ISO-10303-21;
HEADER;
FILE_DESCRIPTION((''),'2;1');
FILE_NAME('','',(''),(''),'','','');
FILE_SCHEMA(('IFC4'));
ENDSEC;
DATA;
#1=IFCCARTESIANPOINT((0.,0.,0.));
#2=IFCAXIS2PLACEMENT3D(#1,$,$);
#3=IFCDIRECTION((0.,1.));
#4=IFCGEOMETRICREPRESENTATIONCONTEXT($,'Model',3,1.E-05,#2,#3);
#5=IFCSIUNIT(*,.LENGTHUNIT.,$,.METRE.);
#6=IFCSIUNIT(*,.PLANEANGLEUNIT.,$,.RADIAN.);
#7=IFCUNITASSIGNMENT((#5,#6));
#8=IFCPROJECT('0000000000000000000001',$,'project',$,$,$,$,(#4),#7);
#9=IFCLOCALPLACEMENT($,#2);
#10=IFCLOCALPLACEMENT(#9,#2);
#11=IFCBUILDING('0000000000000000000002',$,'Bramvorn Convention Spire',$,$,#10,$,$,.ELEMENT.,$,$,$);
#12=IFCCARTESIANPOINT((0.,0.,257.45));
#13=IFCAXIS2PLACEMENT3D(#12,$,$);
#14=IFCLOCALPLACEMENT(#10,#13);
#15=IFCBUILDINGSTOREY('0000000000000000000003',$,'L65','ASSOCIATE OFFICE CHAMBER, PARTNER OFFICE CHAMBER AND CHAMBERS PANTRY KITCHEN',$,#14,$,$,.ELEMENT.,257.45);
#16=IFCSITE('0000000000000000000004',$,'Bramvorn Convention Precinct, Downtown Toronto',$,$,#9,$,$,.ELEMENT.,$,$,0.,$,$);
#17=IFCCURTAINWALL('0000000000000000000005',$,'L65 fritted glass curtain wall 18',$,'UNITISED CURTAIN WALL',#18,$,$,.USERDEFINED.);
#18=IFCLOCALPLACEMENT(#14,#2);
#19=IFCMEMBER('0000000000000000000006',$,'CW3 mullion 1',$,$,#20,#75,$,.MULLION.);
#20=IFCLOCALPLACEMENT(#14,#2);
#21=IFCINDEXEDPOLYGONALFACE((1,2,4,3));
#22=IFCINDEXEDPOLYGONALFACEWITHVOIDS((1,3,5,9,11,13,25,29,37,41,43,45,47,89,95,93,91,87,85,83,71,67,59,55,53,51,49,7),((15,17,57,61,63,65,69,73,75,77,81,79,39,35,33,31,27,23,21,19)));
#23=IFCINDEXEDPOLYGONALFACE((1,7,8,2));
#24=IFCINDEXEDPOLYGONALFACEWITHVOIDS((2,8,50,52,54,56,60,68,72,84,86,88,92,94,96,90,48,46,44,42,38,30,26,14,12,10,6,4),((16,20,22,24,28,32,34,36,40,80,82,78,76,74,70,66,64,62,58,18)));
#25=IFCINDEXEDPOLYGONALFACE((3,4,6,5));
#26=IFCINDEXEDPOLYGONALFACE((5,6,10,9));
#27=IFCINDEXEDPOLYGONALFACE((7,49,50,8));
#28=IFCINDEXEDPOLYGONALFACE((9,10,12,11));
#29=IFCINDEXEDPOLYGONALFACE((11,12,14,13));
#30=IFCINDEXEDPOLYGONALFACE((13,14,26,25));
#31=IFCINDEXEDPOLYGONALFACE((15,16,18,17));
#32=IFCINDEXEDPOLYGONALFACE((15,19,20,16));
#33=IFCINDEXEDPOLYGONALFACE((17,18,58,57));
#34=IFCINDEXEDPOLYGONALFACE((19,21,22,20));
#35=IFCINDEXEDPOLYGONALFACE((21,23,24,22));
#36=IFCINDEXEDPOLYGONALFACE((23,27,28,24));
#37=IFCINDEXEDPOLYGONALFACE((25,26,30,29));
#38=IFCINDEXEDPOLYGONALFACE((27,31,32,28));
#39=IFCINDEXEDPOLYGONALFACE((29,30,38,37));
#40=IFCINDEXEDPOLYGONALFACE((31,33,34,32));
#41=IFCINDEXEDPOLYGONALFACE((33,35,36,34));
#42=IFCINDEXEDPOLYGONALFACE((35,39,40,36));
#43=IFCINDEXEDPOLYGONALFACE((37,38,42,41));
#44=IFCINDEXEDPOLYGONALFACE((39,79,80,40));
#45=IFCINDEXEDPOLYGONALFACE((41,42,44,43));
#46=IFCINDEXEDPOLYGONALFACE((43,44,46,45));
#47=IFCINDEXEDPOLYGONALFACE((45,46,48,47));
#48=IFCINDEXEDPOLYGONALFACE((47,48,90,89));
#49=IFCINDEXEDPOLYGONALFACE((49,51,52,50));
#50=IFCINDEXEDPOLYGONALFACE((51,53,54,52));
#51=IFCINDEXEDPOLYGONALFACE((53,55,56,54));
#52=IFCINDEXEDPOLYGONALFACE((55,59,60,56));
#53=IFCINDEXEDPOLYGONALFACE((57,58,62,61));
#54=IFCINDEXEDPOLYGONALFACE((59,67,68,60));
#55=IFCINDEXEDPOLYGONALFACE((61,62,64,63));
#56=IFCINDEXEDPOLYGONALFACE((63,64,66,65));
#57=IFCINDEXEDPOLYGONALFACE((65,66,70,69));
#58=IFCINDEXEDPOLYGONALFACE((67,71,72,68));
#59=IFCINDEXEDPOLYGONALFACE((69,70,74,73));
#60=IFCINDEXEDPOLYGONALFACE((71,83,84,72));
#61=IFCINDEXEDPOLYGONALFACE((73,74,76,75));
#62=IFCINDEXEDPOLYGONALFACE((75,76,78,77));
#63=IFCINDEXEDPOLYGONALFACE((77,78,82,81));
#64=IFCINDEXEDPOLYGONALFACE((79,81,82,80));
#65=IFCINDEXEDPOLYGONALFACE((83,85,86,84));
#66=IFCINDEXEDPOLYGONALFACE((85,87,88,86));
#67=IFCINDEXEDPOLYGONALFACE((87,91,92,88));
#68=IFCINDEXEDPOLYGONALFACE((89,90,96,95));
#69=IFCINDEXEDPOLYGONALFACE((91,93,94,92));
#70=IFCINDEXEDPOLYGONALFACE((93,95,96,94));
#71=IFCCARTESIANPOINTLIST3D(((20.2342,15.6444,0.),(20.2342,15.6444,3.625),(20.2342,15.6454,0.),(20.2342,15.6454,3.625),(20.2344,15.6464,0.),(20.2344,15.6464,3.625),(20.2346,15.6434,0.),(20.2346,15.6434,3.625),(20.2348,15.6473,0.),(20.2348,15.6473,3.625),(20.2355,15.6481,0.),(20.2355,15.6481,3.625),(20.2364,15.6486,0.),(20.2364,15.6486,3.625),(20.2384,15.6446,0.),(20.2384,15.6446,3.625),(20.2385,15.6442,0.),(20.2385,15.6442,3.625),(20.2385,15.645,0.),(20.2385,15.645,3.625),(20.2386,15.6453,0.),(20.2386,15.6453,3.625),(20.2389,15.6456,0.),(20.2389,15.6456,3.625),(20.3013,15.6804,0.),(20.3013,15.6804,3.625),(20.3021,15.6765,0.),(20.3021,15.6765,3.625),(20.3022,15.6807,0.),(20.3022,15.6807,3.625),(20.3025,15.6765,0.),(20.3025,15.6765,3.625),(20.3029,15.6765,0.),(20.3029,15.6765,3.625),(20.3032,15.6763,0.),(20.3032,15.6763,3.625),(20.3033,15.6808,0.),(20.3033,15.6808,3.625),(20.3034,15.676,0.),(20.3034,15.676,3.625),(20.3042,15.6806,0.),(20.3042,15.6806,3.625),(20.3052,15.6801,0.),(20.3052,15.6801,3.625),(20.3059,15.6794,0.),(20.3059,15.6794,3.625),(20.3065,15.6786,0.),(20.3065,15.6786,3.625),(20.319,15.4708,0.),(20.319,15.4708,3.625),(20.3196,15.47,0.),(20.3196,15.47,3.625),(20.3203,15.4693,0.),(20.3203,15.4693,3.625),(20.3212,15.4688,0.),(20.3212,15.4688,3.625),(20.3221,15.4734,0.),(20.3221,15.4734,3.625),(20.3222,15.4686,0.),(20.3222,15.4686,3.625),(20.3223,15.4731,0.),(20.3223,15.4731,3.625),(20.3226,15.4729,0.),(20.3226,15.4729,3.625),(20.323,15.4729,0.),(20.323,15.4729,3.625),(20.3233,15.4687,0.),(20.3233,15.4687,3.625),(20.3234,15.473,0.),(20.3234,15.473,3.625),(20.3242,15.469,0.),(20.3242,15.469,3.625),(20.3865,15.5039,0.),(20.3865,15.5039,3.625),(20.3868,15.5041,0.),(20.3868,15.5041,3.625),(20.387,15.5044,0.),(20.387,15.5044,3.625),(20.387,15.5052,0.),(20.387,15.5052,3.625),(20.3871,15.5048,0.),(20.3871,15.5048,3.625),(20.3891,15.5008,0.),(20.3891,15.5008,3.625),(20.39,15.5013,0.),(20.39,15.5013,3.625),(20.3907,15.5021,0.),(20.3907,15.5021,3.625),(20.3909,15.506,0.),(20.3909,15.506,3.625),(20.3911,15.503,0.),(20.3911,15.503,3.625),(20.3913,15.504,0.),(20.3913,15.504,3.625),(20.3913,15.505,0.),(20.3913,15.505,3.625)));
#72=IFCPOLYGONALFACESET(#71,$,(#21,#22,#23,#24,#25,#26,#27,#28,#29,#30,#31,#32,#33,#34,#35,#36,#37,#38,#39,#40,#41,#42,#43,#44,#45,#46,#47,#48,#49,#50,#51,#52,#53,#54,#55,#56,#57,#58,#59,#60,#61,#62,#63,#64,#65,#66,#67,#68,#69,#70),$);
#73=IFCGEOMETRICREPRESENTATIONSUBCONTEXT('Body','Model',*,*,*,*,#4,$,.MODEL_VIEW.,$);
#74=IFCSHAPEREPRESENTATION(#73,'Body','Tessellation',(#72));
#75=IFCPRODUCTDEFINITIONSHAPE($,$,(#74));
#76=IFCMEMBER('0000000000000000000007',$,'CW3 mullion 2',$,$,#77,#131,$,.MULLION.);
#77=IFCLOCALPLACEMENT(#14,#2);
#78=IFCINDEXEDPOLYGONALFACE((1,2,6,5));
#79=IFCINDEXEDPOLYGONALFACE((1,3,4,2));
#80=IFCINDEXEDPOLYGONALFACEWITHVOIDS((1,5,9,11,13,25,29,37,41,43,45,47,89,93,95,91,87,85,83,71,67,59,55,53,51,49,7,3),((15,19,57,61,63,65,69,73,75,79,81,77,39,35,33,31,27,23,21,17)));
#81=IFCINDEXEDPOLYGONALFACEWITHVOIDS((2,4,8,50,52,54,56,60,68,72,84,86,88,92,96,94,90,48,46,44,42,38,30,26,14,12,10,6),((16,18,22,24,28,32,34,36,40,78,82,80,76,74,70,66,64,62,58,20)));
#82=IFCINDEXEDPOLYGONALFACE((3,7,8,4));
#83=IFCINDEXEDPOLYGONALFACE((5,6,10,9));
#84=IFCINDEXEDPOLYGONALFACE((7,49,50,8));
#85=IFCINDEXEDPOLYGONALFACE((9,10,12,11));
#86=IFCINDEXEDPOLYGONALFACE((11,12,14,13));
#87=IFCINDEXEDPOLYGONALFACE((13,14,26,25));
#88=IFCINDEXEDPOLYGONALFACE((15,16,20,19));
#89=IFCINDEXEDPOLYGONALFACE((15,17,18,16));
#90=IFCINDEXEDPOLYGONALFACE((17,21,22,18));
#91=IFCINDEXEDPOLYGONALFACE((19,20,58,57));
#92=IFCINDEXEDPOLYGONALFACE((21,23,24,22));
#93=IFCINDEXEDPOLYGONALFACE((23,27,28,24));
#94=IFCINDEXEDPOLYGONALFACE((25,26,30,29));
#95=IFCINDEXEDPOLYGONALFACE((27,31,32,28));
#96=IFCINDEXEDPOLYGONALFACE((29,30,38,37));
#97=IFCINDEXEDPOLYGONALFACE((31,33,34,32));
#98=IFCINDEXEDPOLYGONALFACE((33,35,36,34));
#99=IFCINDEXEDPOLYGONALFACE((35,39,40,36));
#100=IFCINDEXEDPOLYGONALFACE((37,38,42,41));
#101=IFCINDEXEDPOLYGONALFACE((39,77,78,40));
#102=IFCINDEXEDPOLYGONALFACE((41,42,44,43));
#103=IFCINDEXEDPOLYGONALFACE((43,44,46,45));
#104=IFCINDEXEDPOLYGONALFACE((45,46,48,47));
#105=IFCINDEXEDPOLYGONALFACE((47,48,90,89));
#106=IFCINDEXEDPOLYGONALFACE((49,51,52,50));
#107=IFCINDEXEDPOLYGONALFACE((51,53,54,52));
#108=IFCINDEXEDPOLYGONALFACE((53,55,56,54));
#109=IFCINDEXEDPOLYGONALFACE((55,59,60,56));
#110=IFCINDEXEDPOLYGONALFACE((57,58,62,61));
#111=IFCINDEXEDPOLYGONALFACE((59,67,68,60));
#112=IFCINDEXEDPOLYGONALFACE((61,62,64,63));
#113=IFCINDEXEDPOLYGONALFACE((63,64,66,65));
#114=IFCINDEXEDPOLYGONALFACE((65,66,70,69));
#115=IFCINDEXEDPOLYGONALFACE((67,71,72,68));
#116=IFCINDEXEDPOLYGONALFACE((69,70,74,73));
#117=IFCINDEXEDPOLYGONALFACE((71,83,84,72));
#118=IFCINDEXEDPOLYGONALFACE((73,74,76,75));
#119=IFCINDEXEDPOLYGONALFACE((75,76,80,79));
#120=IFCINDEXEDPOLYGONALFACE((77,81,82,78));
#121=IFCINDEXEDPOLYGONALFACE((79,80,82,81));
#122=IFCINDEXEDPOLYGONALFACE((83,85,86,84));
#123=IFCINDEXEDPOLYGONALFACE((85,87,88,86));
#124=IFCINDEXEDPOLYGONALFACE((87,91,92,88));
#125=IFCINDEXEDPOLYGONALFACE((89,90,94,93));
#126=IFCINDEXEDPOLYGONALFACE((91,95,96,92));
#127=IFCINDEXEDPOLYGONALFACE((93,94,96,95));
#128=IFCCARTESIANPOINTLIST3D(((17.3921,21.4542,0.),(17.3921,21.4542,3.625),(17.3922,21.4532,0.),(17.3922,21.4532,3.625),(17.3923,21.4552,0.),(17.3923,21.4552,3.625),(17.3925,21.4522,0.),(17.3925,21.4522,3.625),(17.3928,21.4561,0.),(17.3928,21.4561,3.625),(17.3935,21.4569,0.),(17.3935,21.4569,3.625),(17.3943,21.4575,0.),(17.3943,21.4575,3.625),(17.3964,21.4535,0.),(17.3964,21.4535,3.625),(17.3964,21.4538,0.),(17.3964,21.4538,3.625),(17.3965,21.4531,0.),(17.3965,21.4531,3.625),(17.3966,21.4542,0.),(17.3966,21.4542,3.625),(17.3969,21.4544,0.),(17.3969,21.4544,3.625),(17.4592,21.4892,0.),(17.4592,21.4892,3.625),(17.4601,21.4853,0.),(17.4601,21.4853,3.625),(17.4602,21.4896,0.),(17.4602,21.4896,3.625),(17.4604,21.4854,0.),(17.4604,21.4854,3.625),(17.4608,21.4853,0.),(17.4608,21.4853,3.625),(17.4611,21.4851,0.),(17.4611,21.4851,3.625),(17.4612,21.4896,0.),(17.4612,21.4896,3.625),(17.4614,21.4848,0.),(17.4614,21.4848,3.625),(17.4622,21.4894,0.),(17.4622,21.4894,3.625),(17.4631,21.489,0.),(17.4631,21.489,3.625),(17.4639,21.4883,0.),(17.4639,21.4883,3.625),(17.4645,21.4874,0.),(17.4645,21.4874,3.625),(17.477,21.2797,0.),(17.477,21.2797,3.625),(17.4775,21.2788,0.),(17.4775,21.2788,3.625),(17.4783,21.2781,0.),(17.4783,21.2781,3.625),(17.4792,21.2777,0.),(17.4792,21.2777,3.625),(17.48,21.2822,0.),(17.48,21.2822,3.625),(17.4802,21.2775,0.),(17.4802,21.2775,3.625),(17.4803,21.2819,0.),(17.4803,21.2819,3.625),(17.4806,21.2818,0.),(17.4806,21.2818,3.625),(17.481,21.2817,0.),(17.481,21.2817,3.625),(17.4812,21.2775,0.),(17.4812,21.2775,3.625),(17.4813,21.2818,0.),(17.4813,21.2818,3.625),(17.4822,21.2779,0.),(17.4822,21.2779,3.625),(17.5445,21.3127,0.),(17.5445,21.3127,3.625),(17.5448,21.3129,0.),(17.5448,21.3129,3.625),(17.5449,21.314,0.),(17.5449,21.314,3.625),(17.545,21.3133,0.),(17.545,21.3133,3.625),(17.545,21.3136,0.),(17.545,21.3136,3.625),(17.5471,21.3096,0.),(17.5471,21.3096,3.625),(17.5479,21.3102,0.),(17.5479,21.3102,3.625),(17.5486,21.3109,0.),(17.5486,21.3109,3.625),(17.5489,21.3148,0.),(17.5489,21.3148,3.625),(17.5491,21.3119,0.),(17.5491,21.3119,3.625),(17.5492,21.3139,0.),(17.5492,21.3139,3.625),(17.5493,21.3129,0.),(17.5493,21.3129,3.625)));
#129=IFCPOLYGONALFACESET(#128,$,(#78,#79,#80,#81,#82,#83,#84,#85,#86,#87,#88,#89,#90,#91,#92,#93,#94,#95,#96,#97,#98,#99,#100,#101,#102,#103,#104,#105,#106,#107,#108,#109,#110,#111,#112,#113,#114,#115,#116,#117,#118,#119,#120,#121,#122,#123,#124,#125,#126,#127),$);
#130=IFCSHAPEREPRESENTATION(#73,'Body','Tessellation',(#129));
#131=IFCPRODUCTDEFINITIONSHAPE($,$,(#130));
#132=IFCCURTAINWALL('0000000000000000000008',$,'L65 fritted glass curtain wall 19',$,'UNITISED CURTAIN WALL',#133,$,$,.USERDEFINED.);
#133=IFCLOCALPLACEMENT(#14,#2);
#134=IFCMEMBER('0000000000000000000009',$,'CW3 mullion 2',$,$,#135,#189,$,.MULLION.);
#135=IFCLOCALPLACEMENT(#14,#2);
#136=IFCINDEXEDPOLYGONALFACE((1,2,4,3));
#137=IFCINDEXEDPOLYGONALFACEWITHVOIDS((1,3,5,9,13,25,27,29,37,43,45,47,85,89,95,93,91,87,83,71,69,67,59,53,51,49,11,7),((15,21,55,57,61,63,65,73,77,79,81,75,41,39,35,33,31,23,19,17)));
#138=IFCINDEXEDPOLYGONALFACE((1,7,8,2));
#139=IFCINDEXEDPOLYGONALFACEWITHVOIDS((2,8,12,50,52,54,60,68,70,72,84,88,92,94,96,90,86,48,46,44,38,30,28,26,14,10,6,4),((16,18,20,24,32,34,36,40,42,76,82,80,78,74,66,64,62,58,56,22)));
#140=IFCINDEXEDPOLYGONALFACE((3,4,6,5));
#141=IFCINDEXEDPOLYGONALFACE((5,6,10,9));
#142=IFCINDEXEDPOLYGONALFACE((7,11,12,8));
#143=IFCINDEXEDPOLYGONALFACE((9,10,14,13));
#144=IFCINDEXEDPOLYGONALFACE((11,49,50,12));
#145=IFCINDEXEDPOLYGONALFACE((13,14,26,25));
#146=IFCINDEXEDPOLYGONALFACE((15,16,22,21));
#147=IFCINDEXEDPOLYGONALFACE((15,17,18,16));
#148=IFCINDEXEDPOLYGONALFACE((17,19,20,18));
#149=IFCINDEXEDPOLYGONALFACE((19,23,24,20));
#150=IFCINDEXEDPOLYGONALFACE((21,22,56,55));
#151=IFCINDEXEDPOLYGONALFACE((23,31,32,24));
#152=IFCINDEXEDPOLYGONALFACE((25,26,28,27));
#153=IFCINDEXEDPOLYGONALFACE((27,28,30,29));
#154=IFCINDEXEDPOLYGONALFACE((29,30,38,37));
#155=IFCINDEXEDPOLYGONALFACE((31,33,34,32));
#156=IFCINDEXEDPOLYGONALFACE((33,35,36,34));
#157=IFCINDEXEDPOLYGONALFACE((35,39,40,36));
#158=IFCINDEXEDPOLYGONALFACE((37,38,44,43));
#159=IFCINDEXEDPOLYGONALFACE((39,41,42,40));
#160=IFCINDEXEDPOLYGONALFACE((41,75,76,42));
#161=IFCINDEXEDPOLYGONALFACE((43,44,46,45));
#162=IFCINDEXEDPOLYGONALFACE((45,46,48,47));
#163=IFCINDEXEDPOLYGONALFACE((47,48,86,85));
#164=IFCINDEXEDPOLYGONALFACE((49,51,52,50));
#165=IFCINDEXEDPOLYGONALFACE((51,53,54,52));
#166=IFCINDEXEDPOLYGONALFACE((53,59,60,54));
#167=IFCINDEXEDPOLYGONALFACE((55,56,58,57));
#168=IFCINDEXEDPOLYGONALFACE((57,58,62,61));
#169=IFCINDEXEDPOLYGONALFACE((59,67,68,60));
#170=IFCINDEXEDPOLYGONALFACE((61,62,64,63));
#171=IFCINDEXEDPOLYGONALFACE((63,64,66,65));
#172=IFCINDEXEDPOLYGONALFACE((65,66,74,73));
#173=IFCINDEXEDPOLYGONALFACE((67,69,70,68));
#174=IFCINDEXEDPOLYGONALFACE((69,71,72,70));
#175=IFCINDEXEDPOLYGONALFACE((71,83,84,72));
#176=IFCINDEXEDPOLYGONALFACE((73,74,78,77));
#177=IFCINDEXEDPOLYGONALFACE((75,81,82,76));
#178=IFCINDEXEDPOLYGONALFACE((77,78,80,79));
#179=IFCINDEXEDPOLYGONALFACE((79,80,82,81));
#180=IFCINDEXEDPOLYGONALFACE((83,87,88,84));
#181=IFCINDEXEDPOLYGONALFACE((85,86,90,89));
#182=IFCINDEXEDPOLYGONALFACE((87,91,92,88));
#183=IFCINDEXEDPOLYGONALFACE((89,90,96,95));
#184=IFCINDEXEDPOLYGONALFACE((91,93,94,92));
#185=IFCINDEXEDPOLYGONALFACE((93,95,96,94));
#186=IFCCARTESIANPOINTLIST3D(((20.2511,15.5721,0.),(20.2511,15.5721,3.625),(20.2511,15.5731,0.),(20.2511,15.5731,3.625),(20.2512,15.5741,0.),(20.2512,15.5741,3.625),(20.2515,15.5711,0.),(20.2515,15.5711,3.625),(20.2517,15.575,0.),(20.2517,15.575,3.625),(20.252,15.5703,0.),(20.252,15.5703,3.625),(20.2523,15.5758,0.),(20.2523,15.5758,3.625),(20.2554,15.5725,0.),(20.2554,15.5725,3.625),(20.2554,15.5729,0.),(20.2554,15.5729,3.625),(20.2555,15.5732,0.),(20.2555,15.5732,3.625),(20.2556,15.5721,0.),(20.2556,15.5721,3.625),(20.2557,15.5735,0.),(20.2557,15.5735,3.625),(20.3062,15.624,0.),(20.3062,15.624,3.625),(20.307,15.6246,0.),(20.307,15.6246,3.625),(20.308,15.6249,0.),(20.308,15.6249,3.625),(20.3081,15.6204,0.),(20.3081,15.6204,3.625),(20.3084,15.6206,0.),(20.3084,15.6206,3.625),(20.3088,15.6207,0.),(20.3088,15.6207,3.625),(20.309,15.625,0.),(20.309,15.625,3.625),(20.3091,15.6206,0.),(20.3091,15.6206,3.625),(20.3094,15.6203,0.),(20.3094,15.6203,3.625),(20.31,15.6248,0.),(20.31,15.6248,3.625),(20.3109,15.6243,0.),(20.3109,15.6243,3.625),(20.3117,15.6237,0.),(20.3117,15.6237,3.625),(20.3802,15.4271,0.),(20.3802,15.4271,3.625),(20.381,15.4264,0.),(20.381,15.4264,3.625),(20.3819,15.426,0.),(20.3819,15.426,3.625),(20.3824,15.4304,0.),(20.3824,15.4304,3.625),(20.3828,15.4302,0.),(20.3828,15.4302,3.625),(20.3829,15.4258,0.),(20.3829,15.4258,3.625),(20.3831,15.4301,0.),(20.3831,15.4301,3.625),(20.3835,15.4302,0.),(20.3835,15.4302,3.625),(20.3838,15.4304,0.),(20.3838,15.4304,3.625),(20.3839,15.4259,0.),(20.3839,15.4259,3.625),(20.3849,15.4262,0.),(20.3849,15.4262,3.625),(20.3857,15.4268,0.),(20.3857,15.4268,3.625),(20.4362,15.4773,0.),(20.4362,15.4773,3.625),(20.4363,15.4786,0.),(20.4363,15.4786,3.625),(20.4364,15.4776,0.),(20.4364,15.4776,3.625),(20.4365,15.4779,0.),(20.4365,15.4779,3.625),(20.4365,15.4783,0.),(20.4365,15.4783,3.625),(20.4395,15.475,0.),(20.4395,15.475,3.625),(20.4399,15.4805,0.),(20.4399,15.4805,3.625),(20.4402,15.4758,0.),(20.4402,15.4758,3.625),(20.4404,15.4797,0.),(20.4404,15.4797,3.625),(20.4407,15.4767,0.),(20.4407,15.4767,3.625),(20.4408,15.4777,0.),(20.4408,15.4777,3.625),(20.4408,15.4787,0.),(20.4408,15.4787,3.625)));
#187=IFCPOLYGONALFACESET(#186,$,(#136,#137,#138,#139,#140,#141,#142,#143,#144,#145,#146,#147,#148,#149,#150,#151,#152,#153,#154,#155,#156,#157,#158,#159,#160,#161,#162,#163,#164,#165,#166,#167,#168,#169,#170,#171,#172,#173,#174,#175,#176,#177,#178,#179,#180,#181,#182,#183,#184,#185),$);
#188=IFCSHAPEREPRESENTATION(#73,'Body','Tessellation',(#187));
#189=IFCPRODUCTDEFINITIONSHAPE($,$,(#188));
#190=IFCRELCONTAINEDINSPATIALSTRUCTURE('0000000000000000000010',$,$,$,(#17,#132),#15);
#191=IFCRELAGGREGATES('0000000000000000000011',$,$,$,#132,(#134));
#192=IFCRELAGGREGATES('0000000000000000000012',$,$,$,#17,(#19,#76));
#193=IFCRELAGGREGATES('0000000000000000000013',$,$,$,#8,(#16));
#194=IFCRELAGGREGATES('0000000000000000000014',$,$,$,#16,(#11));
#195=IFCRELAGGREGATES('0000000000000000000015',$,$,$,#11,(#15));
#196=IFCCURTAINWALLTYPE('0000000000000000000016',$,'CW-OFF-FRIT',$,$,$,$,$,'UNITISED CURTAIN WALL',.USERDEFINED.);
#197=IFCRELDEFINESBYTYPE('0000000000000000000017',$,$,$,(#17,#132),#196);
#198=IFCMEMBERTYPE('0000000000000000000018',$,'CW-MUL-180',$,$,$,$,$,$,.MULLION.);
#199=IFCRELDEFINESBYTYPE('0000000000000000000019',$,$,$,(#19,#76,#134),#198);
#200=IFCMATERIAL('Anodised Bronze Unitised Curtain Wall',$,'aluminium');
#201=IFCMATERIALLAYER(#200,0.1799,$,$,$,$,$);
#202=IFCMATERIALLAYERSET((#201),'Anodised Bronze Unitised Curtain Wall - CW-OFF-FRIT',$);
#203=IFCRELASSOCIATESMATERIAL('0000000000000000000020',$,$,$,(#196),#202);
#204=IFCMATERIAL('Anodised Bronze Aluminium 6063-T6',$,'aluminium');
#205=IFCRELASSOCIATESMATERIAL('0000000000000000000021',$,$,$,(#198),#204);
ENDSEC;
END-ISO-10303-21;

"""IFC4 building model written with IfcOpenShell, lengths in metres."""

from ifc_helpers import new_model, si_unit, direction, frame, origin, origin_2d, place, context, subcontext, project, spatial, hollow_rectangle, extrude, material, layer, layer_set, material_profile, profile_set, type_object, element, aggregate, save


model = new_model("IFC4")

# Units and contexts
model_context = context("Model", 3, precision=1e-05, world=origin(), true_north=direction((0.0, 1.0)))
body_context = subcontext(model_context, "Body", "Model", "MODEL_VIEW")
ifc_project = project(units=[si_unit("LENGTHUNIT", "METRE"), si_unit("PLANEANGLEUNIT", "RADIAN")], contexts=[model_context])

# Site, building, storey
site_placement = place(None, origin())
site = spatial("IfcSite", under=ifc_project, at=site_placement, Name="Bramvorn Convention Precinct, Downtown Toronto", CompositionType="ELEMENT", RefElevation=0.0)
building_placement = place(site_placement, origin())
building = spatial("IfcBuilding", under=site, at=building_placement, Name="Bramvorn Convention Spire", CompositionType="ELEMENT")
storey_placement = place(building_placement, frame((0.0, 0.0, 257.45)))
storey = spatial("IfcBuildingStorey", under=building, at=storey_placement, Name="L65", Description="ASSOCIATE OFFICE CHAMBER, PARTNER OFFICE CHAMBER AND CHAMBERS PANTRY KITCHEN", CompositionType="ELEMENT", Elevation=257.45)

# Curtain wall, members
ifc_material_1 = material(Name="Anodised Bronze Unitised Curtain Wall", Category="aluminium")
ifc_layer_1 = layer(ifc_material_1, 0.1799)
ifc_layer_set_1 = layer_set([ifc_layer_1], Name="Anodised Bronze Unitised Curtain Wall - CW-OFF-FRIT")
curtain_wall_type = type_object("IfcCurtainWallType", Name="CW-OFF-FRIT", ElementType="UNITISED CURTAIN WALL", PredefinedType="USERDEFINED", material=ifc_layer_set_1)
curtain_wall_1_placement = place(storey_placement, origin())
curtain_wall_1 = element("IfcCurtainWall", 1, at=curtain_wall_1_placement, inside=storey, type_object=curtain_wall_type, Name="L65 fritted glass curtain wall 18", ObjectType="UNITISED CURTAIN WALL", PredefinedType="USERDEFINED")
ifc_material_2 = material(Name="Anodised Bronze Aluminium 6063-T6", Category="aluminium")
ifc_material_profile_1 = material_profile(ifc_material_2, hollow_rectangle(XDim=0.0801, YDim=0.2, WallThickness=0.0039, InnerFilletRadius=0.001, OuterFilletRadius=0.0039, at=origin_2d()))
ifc_profile_set_1 = profile_set([ifc_material_profile_1], Name="Anodised Bronze Aluminium 6063-T6 - CWM80X200")
member_type_1 = type_object("IfcMemberType", Name="CW-MUL-180", PredefinedType="MULLION", material=ifc_profile_set_1)
member_1_placement = place(storey_placement, frame((20.3127, 15.5747, 0.0), z_axis=(0.0, 0.0, 1.0), x_axis=(-0.898264, -0.439457, 0.0)))
member_1 = element("IfcMember", 2, at=member_1_placement, type_object=member_type_1, Name="CW3 mullion 1", PredefinedType="MULLION", context=body_context, shape_type="SweptSolid", body=[
    extrude(hollow_rectangle(XDim=0.0801, YDim=0.2, WallThickness=0.0039, InnerFilletRadius=0.001, OuterFilletRadius=0.0039, at=origin_2d()), origin(), (0.0, 0.0, 1.0), 3.625),
])
member_2_placement = place(storey_placement, frame((17.4707, 21.3835, 0.0), z_axis=(0.0, 0.0, 1.0), x_axis=(-0.898264, -0.439457, 0.0)))
member_2 = element("IfcMember", 3, at=member_2_placement, type_object=member_type_1, Name="CW3 mullion 2", PredefinedType="MULLION", context=body_context, shape_type="SweptSolid", body=[
    extrude(hollow_rectangle(XDim=0.0801, YDim=0.2, WallThickness=0.0039, InnerFilletRadius=0.001, OuterFilletRadius=0.0039, at=origin_2d()), origin(), (0.0, 0.0, 1.0), 3.625),
])

# Curtain wall, member
curtain_wall_2_placement = place(storey_placement, origin())
curtain_wall_2 = element("IfcCurtainWall", 4, at=curtain_wall_2_placement, inside=storey, type_object=curtain_wall_type, Name="L65 fritted glass curtain wall 19", ObjectType="UNITISED CURTAIN WALL", PredefinedType="USERDEFINED")
member_3_placement = place(storey_placement, frame((20.3459, 15.5254, 0.0), z_axis=(0.0, 0.0, 1.0), x_axis=(-0.74511, -0.666942, 0.0)))
member_3 = element("IfcMember", 5, at=member_3_placement, type_object=member_type_1, Name="CW3 mullion 2", PredefinedType="MULLION", context=body_context, shape_type="SweptSolid", body=[
    extrude(hollow_rectangle(XDim=0.0801, YDim=0.2, WallThickness=0.0039, InnerFilletRadius=0.001, OuterFilletRadius=0.0039, at=origin_2d()), origin(), (0.0, 0.0, 1.0), 3.625),
])
aggregate(curtain_wall_2, [member_3])

aggregate(curtain_wall_1, [member_1, member_2])

save(model, "model.ifc")
